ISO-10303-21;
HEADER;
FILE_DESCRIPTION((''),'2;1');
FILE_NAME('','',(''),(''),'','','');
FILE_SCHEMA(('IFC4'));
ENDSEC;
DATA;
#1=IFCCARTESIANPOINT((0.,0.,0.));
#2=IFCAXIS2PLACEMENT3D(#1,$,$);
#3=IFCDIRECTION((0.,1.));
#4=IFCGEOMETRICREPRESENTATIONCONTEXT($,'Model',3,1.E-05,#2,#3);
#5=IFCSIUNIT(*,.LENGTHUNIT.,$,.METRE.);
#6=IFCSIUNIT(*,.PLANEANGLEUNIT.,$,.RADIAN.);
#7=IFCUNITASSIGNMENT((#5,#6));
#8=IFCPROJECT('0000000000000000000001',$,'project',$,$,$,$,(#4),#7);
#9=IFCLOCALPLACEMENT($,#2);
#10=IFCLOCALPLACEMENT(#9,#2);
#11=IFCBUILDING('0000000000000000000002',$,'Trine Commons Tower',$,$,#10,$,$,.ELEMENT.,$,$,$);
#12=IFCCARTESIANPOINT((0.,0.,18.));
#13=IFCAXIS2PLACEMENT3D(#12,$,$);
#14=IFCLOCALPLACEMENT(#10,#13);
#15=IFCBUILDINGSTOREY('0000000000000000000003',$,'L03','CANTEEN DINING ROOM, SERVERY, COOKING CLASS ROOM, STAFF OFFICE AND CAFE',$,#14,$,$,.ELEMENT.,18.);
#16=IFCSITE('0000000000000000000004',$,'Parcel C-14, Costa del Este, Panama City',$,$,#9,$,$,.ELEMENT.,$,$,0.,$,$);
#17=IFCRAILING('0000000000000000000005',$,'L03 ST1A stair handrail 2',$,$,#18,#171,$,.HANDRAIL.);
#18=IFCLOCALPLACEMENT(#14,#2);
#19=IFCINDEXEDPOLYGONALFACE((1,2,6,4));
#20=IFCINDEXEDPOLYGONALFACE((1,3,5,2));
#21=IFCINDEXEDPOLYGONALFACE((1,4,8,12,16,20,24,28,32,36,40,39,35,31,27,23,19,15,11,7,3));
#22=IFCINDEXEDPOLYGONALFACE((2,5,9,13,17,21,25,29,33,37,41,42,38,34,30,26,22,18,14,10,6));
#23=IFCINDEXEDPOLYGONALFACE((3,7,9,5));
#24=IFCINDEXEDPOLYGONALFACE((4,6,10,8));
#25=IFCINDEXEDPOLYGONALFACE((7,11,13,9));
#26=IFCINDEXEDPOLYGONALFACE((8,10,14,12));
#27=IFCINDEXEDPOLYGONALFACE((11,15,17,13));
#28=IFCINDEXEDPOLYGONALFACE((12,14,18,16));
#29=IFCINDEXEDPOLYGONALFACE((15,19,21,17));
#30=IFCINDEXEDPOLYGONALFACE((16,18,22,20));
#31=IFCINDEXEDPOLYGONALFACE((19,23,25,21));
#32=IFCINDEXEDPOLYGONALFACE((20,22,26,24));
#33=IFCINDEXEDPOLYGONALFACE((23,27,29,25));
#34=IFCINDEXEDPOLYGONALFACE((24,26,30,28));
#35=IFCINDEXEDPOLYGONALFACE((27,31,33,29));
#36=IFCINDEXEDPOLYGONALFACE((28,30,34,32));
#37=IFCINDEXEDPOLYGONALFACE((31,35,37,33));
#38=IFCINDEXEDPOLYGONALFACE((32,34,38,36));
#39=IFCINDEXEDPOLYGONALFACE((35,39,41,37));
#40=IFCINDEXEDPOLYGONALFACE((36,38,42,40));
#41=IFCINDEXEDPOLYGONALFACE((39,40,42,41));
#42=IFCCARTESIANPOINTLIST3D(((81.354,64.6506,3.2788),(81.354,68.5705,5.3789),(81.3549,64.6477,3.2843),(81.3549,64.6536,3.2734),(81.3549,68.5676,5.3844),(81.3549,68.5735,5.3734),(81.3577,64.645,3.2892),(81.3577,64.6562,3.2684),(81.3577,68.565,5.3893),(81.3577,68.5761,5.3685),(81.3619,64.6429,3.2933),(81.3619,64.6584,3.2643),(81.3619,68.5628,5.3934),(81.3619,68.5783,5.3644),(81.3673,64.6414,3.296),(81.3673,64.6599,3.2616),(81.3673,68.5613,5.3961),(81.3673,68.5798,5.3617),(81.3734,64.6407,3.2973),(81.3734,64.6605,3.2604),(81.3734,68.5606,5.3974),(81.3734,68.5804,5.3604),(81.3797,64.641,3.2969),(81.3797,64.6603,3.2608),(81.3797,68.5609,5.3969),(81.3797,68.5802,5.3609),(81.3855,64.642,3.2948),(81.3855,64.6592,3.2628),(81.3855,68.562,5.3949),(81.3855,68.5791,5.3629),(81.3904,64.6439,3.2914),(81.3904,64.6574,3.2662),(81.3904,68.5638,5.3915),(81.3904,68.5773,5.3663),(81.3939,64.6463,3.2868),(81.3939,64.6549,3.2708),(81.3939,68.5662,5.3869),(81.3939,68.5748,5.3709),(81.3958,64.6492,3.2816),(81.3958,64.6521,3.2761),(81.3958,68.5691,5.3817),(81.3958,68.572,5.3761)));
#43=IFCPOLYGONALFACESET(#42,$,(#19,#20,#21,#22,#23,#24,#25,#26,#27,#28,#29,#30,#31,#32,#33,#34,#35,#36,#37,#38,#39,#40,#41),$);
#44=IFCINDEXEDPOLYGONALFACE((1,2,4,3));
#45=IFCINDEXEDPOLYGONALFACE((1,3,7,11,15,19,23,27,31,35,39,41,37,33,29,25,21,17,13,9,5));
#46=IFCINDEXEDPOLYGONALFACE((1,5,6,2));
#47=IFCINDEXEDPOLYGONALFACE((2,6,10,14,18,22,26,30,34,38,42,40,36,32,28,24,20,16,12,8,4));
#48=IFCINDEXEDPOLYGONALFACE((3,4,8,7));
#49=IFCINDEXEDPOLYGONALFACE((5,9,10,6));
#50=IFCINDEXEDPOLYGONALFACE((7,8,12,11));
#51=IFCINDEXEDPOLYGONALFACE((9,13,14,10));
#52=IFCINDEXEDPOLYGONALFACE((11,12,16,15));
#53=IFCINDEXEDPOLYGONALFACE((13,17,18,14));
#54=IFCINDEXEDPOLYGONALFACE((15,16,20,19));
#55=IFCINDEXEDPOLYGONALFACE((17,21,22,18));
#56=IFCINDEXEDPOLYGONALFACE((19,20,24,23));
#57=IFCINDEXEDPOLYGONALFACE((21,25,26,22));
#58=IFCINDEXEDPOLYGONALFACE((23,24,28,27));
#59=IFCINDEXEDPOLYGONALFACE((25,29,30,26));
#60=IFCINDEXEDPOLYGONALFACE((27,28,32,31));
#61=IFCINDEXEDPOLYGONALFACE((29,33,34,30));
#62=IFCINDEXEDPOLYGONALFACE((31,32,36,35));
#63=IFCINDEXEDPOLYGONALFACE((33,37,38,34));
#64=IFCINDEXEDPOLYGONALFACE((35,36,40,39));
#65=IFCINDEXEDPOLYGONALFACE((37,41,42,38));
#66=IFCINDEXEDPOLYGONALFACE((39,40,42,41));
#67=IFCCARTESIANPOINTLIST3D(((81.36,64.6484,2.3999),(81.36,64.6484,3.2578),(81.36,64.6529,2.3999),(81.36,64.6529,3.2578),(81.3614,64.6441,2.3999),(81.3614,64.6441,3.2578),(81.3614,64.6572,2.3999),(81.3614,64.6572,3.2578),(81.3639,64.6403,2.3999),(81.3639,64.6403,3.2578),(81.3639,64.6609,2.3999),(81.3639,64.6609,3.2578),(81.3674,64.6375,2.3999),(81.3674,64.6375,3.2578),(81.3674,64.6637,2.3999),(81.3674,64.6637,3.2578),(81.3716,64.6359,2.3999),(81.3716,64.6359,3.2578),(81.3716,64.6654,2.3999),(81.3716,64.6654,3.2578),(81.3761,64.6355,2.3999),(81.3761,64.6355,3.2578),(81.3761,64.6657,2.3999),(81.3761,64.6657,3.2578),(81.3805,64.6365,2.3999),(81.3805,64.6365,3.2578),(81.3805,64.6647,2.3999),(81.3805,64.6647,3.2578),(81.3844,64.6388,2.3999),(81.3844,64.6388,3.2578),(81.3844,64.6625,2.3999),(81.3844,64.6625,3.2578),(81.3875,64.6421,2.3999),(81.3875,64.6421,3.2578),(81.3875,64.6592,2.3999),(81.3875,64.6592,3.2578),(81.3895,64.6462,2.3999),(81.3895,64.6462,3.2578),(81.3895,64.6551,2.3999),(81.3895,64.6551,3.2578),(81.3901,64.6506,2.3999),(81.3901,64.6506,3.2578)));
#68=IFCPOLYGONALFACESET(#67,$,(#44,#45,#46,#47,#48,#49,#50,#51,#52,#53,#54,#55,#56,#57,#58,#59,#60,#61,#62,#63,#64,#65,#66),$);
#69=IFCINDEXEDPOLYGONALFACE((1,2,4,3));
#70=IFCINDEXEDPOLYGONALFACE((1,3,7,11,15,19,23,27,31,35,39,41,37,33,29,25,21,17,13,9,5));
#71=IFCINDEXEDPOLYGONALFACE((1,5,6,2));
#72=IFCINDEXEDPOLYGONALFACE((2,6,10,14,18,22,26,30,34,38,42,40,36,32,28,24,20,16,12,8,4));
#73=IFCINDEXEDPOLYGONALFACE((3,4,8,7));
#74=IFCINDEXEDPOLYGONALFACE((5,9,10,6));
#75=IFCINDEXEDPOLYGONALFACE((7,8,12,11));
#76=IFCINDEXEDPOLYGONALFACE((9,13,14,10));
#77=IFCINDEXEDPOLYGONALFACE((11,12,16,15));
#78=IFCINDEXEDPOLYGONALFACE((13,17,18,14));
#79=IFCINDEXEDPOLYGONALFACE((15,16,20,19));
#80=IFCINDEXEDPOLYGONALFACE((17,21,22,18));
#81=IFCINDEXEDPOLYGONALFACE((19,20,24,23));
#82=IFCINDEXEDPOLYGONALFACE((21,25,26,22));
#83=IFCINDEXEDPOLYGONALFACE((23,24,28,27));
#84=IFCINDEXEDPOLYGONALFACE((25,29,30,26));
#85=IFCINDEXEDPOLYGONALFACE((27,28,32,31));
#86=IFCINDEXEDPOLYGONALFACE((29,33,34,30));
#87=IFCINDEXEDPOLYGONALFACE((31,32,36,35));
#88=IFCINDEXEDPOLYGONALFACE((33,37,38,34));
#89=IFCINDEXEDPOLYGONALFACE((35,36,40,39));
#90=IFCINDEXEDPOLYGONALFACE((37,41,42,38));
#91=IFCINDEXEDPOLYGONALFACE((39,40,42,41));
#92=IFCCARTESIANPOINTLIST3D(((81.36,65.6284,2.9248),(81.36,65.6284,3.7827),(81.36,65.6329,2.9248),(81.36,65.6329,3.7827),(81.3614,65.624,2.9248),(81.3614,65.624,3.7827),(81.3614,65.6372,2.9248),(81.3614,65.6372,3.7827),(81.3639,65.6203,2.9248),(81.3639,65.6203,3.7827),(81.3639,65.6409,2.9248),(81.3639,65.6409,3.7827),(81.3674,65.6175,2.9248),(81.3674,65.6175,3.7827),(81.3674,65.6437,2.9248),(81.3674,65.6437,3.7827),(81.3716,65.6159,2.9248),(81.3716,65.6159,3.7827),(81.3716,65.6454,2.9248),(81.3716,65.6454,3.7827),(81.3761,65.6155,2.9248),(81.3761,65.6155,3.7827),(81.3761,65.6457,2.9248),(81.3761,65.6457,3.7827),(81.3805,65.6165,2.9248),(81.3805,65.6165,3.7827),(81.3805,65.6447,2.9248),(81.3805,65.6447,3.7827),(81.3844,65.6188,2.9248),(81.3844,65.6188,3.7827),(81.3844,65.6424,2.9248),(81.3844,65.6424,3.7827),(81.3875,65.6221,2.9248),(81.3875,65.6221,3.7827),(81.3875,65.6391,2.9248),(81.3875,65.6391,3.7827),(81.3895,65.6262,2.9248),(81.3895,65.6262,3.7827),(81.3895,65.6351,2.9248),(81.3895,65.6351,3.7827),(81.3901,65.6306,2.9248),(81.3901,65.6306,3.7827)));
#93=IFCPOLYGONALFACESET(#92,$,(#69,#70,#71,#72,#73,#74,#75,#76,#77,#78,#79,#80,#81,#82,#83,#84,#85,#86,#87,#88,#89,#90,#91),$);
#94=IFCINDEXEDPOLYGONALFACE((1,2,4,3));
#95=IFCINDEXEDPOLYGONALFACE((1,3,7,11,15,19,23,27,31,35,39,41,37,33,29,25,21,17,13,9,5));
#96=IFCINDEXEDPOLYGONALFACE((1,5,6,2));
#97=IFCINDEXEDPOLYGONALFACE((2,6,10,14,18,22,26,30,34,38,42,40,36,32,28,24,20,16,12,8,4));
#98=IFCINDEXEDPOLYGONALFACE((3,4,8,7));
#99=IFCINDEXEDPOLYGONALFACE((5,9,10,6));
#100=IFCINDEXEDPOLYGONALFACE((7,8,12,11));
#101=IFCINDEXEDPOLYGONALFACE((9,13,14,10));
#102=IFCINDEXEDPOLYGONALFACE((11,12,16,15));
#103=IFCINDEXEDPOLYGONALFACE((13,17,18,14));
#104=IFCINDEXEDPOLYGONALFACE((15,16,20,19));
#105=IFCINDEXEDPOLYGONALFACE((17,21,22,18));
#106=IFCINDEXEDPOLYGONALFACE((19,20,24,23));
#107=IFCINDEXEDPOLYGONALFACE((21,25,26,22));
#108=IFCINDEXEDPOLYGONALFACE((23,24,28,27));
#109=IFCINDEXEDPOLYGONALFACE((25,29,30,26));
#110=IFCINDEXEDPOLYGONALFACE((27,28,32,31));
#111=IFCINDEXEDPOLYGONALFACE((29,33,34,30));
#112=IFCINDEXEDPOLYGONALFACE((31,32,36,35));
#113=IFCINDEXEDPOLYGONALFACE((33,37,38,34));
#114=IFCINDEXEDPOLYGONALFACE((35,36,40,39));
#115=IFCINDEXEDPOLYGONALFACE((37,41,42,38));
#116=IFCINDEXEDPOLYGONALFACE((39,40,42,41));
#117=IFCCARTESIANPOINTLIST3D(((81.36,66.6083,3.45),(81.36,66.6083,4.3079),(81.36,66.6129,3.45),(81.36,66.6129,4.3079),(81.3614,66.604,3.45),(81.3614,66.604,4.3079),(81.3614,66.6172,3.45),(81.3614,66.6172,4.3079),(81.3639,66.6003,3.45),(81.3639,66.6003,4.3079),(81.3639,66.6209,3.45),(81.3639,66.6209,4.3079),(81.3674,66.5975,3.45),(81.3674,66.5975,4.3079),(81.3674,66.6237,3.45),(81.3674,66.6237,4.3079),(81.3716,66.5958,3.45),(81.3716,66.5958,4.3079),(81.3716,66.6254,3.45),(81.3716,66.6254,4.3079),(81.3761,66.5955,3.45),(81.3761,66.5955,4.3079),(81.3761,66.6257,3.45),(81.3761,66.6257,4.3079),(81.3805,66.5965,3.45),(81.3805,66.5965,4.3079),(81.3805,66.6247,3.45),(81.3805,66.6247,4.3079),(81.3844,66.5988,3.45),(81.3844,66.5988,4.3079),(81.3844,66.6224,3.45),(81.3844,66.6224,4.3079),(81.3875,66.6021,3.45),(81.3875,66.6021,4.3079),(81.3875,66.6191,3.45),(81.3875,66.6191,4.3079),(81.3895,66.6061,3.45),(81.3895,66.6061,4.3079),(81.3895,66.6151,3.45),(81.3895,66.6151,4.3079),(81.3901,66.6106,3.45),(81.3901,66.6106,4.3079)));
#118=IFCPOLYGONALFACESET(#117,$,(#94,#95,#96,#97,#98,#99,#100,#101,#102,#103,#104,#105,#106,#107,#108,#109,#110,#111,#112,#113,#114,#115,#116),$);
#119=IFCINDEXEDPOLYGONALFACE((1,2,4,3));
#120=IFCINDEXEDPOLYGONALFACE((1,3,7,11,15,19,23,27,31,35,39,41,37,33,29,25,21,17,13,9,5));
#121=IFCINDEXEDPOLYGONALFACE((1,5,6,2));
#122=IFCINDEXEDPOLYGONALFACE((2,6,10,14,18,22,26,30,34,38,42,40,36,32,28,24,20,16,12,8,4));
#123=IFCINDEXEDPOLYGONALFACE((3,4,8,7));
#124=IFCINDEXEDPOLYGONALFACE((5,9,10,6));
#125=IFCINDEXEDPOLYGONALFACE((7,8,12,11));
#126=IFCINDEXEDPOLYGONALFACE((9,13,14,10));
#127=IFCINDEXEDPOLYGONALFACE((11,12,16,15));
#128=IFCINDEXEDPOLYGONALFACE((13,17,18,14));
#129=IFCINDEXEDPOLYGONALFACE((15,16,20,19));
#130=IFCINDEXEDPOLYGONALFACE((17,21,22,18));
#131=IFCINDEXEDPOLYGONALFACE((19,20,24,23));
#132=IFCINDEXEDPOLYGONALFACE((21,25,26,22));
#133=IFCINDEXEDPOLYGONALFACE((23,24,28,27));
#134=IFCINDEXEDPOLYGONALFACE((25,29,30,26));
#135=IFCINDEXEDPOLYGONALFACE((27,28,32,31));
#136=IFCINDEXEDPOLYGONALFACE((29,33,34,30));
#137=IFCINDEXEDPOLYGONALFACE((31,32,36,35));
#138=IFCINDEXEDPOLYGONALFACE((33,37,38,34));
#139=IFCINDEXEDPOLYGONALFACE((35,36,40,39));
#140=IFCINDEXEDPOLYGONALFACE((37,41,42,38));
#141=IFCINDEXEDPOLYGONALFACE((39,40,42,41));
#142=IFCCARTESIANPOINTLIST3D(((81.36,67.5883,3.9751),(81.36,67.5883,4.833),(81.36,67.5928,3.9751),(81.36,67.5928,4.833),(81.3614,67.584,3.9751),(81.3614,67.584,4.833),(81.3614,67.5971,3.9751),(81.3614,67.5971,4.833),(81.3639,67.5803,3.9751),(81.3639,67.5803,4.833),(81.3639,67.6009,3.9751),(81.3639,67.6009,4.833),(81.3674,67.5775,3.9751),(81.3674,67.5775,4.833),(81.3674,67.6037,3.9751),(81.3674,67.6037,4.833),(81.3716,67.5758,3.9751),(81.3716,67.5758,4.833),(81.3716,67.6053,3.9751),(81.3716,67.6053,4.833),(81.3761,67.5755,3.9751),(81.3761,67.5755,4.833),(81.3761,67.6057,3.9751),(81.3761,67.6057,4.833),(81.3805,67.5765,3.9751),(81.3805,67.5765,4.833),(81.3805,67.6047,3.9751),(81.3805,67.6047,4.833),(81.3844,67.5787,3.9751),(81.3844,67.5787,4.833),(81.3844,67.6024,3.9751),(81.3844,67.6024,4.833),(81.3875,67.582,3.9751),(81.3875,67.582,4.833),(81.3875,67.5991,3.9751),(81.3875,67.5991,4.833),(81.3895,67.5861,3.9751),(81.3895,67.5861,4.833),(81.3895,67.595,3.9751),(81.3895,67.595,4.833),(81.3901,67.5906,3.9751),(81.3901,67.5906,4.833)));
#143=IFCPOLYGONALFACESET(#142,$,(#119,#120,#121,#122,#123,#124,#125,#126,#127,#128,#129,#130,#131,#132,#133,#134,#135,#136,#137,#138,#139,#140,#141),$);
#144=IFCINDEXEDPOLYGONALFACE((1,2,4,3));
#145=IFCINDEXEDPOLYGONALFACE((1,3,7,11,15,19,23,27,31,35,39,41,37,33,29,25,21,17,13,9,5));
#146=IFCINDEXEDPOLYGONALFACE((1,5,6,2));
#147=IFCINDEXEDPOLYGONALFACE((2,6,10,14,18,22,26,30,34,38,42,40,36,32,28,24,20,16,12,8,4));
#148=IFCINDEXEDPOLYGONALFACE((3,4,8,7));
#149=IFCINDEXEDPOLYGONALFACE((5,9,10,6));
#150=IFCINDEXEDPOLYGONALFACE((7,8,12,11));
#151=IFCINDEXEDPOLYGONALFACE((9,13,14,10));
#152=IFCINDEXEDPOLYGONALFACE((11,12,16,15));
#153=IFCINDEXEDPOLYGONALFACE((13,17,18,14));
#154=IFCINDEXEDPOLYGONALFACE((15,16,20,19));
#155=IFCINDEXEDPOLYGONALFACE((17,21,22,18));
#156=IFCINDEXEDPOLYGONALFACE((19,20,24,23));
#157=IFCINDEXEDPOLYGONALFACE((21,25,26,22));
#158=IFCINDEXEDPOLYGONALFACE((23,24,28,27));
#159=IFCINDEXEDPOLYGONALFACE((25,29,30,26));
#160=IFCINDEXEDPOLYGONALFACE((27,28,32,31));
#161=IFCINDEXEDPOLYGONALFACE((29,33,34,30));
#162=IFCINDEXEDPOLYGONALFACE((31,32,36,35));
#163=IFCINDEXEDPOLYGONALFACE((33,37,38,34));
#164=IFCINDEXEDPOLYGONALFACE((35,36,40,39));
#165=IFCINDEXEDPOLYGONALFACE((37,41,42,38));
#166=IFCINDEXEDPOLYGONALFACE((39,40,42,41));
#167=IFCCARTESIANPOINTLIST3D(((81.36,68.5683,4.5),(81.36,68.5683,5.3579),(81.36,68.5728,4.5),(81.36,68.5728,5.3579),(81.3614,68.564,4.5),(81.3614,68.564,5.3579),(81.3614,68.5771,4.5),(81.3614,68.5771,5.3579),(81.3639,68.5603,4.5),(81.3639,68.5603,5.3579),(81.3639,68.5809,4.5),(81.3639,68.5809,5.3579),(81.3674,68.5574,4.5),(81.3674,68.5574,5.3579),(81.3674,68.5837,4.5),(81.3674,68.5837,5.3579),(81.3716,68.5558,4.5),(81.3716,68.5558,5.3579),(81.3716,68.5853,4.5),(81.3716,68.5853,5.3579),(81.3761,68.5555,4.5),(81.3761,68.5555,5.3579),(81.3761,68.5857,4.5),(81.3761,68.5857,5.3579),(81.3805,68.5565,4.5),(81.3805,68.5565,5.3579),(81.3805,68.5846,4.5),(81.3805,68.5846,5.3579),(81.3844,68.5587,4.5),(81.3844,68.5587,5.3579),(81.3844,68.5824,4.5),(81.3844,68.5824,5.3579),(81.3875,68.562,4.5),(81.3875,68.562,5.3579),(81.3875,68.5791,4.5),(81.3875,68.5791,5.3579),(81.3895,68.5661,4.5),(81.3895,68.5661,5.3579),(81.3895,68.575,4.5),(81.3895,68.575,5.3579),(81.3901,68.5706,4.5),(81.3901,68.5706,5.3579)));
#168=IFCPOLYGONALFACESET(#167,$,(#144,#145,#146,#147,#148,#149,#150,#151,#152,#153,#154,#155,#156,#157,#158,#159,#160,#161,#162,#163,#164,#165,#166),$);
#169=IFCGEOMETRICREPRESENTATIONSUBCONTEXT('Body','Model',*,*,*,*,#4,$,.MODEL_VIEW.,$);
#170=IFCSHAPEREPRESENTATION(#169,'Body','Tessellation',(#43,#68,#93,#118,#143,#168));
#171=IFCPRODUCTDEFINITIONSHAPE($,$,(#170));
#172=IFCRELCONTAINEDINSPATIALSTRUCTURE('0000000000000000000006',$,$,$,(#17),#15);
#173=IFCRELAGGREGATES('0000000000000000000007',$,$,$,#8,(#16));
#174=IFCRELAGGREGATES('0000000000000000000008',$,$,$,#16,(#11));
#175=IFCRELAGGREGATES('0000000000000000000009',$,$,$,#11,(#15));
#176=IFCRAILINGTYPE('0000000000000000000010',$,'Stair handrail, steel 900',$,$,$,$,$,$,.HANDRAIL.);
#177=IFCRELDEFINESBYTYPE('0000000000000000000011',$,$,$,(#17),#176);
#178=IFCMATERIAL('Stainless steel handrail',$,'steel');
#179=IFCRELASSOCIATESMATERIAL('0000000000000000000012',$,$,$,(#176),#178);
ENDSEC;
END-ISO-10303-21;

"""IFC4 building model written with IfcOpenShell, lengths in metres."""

from ifc_helpers import new_model, si_unit, direction, frame, origin, origin_2d, place, context, subcontext, project, spatial, circle, extrude, material, type_object, element, save


model = new_model("IFC4")

# Units and contexts
model_context = context("Model", 3, precision=1e-05, world=origin(), true_north=direction((0.0, 1.0)))
body_context = subcontext(model_context, "Body", "Model", "MODEL_VIEW")
ifc_project = project(units=[si_unit("LENGTHUNIT", "METRE"), si_unit("PLANEANGLEUNIT", "RADIAN")], contexts=[model_context])

# Site, building, storey
site_placement = place(None, origin())
site = spatial("IfcSite", under=ifc_project, at=site_placement, Name="Parcel C-14, Costa del Este, Panama City", CompositionType="ELEMENT", RefElevation=0.0)
building_placement = place(site_placement, origin())
building = spatial("IfcBuilding", under=site, at=building_placement, Name="Trine Commons Tower", CompositionType="ELEMENT")
storey_placement = place(building_placement, frame((0.0, 0.0, 18.0)))
storey = spatial("IfcBuildingStorey", under=building, at=storey_placement, Name="L03", Description="CANTEEN DINING ROOM, SERVERY, COOKING CLASS ROOM, STAFF OFFICE AND CAFE", CompositionType="ELEMENT", Elevation=18.0)

# Railing
ifc_material_1 = material(Name="Stainless steel handrail", Category="steel")
railing_type_1 = type_object("IfcRailingType", Name="Stair handrail, steel 900", PredefinedType="HANDRAIL", material=ifc_material_1)
railing_1_placement = place(storey_placement, frame((81.375, 64.6506, 2.3999)))
element("IfcRailing", 1, at=railing_1_placement, inside=storey, type_object=railing_type_1, Name="L03 ST1A stair handrail 2", PredefinedType="HANDRAIL", context=body_context, shape_type="SweptSolid", body=[
    extrude(circle(Radius=0.021, at=origin_2d()), frame((0.0, 0.0, 0.8789), z_axis=(0.0, 0.881467, 0.472246), x_axis=(-1.0, 0.0, 0.0)), (0.0, 0.0, 1.0), 4.447),
    extrude(circle(Radius=0.0151, at=origin_2d()), origin(), (0.0, 0.0, 1.0), 0.8579),
    extrude(circle(Radius=0.0151, at=origin_2d()), frame((0.0, 0.98, 0.5249)), (0.0, 0.0, 1.0), 0.8579),
    extrude(circle(Radius=0.0151, at=origin_2d()), frame((0.0, 1.96, 1.05)), (0.0, 0.0, 1.0), 0.8579),
    extrude(circle(Radius=0.0151, at=origin_2d()), frame((0.0, 2.9399, 1.5752)), (0.0, 0.0, 1.0), 0.8579),
    extrude(circle(Radius=0.0151, at=origin_2d()), frame((0.0, 3.9199, 2.1001)), (0.0, 0.0, 1.0), 0.8579),
])

save(model, "model.ifc")
